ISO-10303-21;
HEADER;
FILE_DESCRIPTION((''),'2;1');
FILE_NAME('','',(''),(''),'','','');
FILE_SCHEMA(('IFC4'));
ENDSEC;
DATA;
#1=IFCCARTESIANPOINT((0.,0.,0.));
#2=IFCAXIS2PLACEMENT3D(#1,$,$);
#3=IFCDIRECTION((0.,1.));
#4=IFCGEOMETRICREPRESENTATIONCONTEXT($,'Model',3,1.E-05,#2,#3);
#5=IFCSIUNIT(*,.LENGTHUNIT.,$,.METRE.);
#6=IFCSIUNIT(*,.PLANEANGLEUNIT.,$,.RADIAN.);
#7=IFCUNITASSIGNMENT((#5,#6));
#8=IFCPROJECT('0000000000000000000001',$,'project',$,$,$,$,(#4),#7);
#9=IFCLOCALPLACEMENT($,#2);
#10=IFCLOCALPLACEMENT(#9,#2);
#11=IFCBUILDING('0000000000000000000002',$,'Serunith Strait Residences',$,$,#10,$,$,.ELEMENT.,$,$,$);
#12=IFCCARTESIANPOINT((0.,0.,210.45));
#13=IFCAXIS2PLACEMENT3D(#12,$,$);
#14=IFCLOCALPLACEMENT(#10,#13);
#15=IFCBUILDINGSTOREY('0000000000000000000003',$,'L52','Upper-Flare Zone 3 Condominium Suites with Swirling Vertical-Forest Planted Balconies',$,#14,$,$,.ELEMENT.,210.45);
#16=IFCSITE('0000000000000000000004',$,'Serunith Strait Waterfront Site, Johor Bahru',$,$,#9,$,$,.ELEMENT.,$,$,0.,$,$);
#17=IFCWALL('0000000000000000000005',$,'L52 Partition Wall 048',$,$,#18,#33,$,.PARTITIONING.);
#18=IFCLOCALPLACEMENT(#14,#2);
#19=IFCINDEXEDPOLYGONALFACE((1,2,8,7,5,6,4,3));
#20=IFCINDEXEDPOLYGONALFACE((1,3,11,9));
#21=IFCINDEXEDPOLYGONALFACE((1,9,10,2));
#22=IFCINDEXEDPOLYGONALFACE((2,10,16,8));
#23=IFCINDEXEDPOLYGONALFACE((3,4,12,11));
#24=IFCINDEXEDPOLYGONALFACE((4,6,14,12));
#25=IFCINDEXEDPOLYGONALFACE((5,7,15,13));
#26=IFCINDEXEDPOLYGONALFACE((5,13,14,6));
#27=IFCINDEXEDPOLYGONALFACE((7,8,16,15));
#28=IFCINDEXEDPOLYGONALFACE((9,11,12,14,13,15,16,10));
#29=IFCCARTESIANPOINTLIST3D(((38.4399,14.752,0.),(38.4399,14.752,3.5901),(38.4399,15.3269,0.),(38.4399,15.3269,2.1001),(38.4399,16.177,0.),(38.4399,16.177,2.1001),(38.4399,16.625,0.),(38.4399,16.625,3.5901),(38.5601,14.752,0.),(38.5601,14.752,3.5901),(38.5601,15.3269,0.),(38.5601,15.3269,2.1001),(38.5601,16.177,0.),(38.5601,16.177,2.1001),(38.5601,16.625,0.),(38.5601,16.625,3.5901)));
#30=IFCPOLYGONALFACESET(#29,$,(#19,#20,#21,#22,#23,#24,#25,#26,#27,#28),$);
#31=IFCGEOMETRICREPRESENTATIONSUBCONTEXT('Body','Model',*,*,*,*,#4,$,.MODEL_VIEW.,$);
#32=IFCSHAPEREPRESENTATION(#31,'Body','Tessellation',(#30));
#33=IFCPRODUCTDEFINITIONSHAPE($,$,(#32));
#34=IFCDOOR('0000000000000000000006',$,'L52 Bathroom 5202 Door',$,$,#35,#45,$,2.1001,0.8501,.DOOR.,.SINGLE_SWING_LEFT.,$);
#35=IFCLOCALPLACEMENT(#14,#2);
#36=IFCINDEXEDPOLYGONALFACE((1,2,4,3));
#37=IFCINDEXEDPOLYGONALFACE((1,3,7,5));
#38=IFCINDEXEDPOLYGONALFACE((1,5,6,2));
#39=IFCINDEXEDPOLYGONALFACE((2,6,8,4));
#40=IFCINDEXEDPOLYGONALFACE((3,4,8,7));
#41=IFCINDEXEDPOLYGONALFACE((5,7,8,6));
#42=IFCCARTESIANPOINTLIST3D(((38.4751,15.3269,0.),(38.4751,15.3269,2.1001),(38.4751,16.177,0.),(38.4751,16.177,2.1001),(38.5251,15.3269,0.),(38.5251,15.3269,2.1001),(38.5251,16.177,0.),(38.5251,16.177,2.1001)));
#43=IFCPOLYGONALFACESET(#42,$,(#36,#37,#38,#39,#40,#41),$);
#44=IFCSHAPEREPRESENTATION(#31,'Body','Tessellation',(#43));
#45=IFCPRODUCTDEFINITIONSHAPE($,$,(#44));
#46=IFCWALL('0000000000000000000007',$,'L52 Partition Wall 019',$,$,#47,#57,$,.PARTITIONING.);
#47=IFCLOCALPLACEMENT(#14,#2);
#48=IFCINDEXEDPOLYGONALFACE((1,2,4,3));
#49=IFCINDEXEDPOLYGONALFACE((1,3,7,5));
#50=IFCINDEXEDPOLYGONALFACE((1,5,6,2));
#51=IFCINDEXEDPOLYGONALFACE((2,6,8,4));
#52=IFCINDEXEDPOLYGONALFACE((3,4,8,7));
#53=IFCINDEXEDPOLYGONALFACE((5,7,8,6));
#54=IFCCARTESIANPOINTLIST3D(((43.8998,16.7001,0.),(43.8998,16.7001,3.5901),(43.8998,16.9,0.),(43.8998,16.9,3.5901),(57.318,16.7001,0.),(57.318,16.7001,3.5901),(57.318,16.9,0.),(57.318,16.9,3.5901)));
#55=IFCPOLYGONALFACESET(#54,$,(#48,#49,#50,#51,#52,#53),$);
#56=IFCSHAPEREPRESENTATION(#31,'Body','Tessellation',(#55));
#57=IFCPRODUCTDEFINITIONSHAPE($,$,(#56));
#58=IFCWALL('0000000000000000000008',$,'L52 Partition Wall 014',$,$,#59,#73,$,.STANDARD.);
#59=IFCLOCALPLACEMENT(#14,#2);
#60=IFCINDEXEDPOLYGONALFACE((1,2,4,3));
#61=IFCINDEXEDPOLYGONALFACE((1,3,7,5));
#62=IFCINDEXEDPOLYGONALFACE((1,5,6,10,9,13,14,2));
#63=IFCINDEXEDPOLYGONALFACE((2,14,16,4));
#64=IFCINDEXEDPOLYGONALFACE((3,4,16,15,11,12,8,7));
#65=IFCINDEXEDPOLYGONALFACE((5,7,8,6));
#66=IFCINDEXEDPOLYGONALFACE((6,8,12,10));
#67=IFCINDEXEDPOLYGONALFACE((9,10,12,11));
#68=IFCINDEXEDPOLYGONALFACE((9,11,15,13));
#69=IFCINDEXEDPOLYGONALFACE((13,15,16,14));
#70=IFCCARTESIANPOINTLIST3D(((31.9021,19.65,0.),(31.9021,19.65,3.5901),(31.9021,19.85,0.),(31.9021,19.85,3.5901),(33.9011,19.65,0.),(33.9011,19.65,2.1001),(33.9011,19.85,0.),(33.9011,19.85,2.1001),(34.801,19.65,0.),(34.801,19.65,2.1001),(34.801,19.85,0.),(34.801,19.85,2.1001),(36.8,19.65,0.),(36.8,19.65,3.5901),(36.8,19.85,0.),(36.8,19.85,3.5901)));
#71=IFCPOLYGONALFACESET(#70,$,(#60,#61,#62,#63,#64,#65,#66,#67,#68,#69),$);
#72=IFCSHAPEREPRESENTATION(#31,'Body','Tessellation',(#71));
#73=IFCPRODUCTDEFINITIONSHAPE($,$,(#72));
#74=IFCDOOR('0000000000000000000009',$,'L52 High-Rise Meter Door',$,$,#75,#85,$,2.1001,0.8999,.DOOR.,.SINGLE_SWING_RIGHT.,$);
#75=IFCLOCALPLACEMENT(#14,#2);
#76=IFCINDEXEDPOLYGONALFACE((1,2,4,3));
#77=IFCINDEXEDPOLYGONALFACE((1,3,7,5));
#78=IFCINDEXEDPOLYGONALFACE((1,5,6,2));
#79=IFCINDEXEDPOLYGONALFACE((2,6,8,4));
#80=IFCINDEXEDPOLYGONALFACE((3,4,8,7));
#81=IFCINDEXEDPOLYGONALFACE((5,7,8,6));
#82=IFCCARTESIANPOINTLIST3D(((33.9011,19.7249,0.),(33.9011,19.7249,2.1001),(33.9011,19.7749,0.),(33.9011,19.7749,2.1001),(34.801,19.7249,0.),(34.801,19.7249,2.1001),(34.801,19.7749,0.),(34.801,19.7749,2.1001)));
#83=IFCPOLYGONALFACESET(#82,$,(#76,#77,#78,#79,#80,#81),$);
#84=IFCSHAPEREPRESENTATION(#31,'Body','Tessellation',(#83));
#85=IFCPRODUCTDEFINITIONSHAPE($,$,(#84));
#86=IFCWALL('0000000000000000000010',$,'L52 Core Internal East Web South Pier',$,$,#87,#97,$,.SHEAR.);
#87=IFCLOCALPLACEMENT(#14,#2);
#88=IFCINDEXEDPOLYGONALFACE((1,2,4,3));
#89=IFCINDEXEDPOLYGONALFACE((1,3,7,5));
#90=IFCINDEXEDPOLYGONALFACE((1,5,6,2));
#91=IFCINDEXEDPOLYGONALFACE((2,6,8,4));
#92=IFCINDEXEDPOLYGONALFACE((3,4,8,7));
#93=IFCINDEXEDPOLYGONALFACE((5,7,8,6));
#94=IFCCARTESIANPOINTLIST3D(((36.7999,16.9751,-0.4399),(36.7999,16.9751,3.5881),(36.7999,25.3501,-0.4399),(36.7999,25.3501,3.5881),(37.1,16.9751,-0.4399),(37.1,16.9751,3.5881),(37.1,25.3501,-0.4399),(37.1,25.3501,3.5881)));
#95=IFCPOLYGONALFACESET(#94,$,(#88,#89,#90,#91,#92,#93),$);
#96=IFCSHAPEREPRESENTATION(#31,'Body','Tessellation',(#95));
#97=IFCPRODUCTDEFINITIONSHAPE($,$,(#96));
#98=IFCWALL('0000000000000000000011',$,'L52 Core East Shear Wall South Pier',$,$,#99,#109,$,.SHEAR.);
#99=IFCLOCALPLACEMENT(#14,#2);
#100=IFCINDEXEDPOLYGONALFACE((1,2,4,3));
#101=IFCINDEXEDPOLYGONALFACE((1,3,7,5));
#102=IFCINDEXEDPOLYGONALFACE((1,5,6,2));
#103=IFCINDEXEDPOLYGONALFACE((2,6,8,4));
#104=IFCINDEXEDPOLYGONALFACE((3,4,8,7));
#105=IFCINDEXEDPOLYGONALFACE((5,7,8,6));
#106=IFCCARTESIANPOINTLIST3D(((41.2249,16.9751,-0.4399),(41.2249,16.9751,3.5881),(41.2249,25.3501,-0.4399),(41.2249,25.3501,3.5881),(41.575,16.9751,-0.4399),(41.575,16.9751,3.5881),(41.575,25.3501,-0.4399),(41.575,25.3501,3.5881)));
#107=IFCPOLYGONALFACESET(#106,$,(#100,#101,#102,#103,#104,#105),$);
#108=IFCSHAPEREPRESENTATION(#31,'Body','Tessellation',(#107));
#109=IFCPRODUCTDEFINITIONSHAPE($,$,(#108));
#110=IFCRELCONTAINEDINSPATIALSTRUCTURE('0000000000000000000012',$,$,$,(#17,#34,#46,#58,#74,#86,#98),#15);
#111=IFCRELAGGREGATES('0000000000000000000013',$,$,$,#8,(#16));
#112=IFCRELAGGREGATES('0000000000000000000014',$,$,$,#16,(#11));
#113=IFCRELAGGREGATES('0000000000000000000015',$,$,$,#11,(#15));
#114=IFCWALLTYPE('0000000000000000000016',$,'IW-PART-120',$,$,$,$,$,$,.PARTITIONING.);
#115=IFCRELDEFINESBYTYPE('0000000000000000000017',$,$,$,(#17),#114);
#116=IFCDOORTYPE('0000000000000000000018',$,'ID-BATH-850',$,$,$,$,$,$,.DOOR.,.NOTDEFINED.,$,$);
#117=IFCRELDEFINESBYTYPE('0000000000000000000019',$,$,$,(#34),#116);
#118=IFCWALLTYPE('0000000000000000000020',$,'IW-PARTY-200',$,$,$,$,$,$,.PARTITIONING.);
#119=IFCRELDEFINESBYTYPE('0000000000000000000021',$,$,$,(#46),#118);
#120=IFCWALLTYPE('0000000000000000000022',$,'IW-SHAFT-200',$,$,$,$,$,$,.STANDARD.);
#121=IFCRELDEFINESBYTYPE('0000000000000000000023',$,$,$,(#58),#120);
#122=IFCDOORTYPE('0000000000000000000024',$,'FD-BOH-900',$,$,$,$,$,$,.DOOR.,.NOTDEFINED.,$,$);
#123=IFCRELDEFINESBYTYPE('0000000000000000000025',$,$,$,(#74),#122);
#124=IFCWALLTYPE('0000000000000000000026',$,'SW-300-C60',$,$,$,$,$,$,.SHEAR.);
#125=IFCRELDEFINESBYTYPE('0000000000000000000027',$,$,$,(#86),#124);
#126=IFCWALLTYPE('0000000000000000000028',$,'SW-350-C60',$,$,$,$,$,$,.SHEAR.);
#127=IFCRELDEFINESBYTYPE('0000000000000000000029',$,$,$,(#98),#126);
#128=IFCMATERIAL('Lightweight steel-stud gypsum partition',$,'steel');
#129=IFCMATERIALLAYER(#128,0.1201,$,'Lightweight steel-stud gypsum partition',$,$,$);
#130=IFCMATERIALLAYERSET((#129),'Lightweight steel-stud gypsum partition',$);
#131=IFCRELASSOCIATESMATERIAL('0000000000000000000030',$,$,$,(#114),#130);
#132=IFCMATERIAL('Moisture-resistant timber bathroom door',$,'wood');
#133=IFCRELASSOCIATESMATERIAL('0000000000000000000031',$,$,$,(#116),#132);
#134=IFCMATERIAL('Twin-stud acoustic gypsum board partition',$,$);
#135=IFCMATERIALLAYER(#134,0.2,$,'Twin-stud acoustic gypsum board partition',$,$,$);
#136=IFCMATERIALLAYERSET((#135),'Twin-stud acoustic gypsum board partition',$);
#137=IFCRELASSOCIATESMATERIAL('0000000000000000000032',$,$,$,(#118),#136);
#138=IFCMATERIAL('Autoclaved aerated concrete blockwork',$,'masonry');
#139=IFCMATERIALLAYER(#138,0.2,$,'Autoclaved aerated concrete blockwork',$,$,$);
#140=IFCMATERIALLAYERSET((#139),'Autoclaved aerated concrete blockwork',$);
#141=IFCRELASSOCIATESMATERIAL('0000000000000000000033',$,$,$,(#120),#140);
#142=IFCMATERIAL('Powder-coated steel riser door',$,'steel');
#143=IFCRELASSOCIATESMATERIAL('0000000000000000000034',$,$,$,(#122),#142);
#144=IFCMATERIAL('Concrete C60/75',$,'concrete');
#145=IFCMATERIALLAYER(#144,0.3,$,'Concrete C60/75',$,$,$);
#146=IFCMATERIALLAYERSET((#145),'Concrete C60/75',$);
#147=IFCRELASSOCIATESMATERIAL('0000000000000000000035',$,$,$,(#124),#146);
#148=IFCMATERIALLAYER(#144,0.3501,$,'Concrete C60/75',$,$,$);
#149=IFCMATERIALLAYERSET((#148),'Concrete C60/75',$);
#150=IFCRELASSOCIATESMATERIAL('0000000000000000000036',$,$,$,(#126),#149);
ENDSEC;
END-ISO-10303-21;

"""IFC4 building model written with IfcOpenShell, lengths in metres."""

from ifc_helpers import new_model, si_unit, direction, frame, frame_2d, origin, place, context, subcontext, project, spatial, rectangle, extrude, source, transform, mapped, material, layer, layer_set, type_object, element, fill, save


model = new_model("IFC4")

# Units and contexts
model_context = context("Model", 3, precision=1e-05, world=origin(), true_north=direction((0.0, 1.0)))
body_context = subcontext(model_context, "Body", "Model", "MODEL_VIEW")
ifc_project = project(units=[si_unit("LENGTHUNIT", "METRE"), si_unit("PLANEANGLEUNIT", "RADIAN")], contexts=[model_context])

# Site, building, storey
site_placement = place(None, origin())
site = spatial("IfcSite", under=ifc_project, at=site_placement, Name="Serunith Strait Waterfront Site, Johor Bahru", CompositionType="ELEMENT", RefElevation=0.0)
building_placement = place(site_placement, origin())
building = spatial("IfcBuilding", under=site, at=building_placement, Name="Serunith Strait Residences", CompositionType="ELEMENT")
storey_placement = place(building_placement, frame((0.0, 0.0, 210.45)))
storey = spatial("IfcBuildingStorey", under=building, at=storey_placement, Name="L52", Description="Upper-Flare Zone 3 Condominium Suites with Swirling Vertical-Forest Planted Balconies", CompositionType="ELEMENT", Elevation=210.45)

# Shared definitions
ifc_material_1 = material(Name="Concrete C60/75", Category="concrete")

# Wall, opening, door
ifc_material_2 = material(Name="Lightweight steel-stud gypsum partition", Category="steel")
ifc_layer_1 = layer(ifc_material_2, 0.1201, Name="Lightweight steel-stud gypsum partition")
ifc_layer_set_1 = layer_set([ifc_layer_1], Name="Lightweight steel-stud gypsum partition")
wall_type_1 = type_object("IfcWallType", Name="IW-PART-120", PredefinedType="PARTITIONING", material=ifc_layer_set_1)
wall_1_placement = place(storey_placement, frame((38.5, 14.752, 0.0), z_axis=(0.0, 0.0, 1.0), x_axis=(0.0, 1.0, 0.0)))
wall_1 = element("IfcWall", 1, at=wall_1_placement, inside=storey, type_object=wall_type_1, Name="L52 Partition Wall 048", PredefinedType="PARTITIONING", context=body_context, shape_type="SweptSolid", body=[
    extrude(rectangle(XDim=1.873, YDim=0.1201, at=frame_2d((0.9365, 0.0))), origin(), (0.0, 0.0, 1.0), 3.5901),
])
opening_1_placement = place(wall_1_placement, frame((0.575, 0.0, 0.0)))
opening_1 = element("IfcOpeningElement", 2, at=opening_1_placement, cuts=wall_1, PredefinedType="OPENING", context=body_context, shape_type="SweptSolid", body=[
    extrude(rectangle(XDim=0.8501, YDim=2.1001, at=frame_2d((0.425, 1.05))), frame((0.0, 0.0701, 0.0), z_axis=(0.0, -1.0, 0.0), x_axis=(1.0, 0.0, 0.0)), (0.0, 0.0, 1.0), 0.1401),
])
ifc_material_3 = material(Name="Moisture-resistant timber bathroom door", Category="wood")
door_type_1 = type_object("IfcDoorType", Name="ID-BATH-850", OperationType="NOTDEFINED", PredefinedType="DOOR", material=ifc_material_3)
shared_shape_1 = source(origin(), body_context, "Body", "SweptSolid", [
    extrude(rectangle(XDim=0.8501, YDim=2.1001, at=frame_2d((0.425, 1.05))), frame((0.0, 0.0249, 0.0), z_axis=(0.0, -1.0, 0.0), x_axis=(1.0, 0.0, 0.0)), (0.0, 0.0, 1.0), 0.05),
])
door_1_placement = place(opening_1_placement, origin())
door_1 = element("IfcDoor", 3, at=door_1_placement, inside=storey, type_object=door_type_1, Name="L52 Bathroom 5202 Door", OperationType="SINGLE_SWING_LEFT", OverallHeight=2.1001, OverallWidth=0.8501, PredefinedType="DOOR", context=body_context, shape_type="MappedRepresentation", body=[
    mapped(shared_shape_1, transform((0.0, 0.0, 0.0), scale=1.0)),
])
fill(opening_1, door_1)

# Wall
ifc_material_4 = material(Name="Twin-stud acoustic gypsum board partition")
ifc_layer_2 = layer(ifc_material_4, 0.2, Name="Twin-stud acoustic gypsum board partition")
ifc_layer_set_2 = layer_set([ifc_layer_2], Name="Twin-stud acoustic gypsum board partition")
wall_type_2 = type_object("IfcWallType", Name="IW-PARTY-200", PredefinedType="PARTITIONING", material=ifc_layer_set_2)
wall_2_placement = place(storey_placement, frame((43.8999, 16.8, 0.0), z_axis=(0.0, 0.0, 1.0), x_axis=(1.0, 0.0, 0.0)))
element("IfcWall", 4, at=wall_2_placement, inside=storey, type_object=wall_type_2, Name="L52 Partition Wall 019", PredefinedType="PARTITIONING", context=body_context, shape_type="SweptSolid", body=[
    extrude(rectangle(XDim=13.4182, YDim=0.2, at=frame_2d((6.709, 0.0))), origin(), (0.0, 0.0, 1.0), 3.5901),
])

# Wall, opening, door
ifc_material_5 = material(Name="Autoclaved aerated concrete blockwork", Category="masonry")
ifc_layer_3 = layer(ifc_material_5, 0.2, Name="Autoclaved aerated concrete blockwork")
ifc_layer_set_3 = layer_set([ifc_layer_3], Name="Autoclaved aerated concrete blockwork")
wall_type_3 = type_object("IfcWallType", Name="IW-SHAFT-200", PredefinedType="STANDARD", material=ifc_layer_set_3)
wall_3_placement = place(storey_placement, frame((31.9021, 19.75, 0.0), z_axis=(0.0, 0.0, 1.0), x_axis=(1.0, 0.0, 0.0)))
wall_3 = element("IfcWall", 5, at=wall_3_placement, inside=storey, type_object=wall_type_3, Name="L52 Partition Wall 014", PredefinedType="STANDARD", context=body_context, shape_type="SweptSolid", body=[
    extrude(rectangle(XDim=4.8979, YDim=0.2, at=frame_2d((2.449, 0.0))), origin(), (0.0, 0.0, 1.0), 3.5901),
])
opening_2_placement = place(wall_3_placement, frame((1.999, 0.0, 0.0)))
opening_2 = element("IfcOpeningElement", 6, at=opening_2_placement, cuts=wall_3, PredefinedType="OPENING", context=body_context, shape_type="SweptSolid", body=[
    extrude(rectangle(XDim=0.8999, YDim=2.1001, at=frame_2d((0.45, 1.05))), frame((0.0, 0.1099, 0.0), z_axis=(0.0, -1.0, 0.0), x_axis=(1.0, 0.0, 0.0)), (0.0, 0.0, 1.0), 0.22),
])
ifc_material_6 = material(Name="Powder-coated steel riser door", Category="steel")
door_type_2 = type_object("IfcDoorType", Name="FD-BOH-900", OperationType="NOTDEFINED", PredefinedType="DOOR", material=ifc_material_6)
shared_shape_2 = source(origin(), body_context, "Body", "SweptSolid", [
    extrude(rectangle(XDim=0.8999, YDim=2.1001, at=frame_2d((0.45, 1.05))), frame((0.0, 0.0249, 0.0), z_axis=(0.0, -1.0, 0.0), x_axis=(1.0, 0.0, 0.0)), (0.0, 0.0, 1.0), 0.05),
])
door_2_placement = place(opening_2_placement, origin())
door_2 = element("IfcDoor", 7, at=door_2_placement, inside=storey, type_object=door_type_2, Name="L52 High-Rise Meter Door", OperationType="SINGLE_SWING_RIGHT", OverallHeight=2.1001, OverallWidth=0.8999, PredefinedType="DOOR", context=body_context, shape_type="MappedRepresentation", body=[
    mapped(shared_shape_2, transform((0.0, 0.0, 0.0), scale=1.0)),
])
fill(opening_2, door_2)

# Walls
ifc_layer_4 = layer(ifc_material_1, 0.3, Name="Concrete C60/75")
ifc_layer_set_4 = layer_set([ifc_layer_4], Name="Concrete C60/75")
wall_type_4 = type_object("IfcWallType", Name="SW-300-C60", PredefinedType="SHEAR", material=ifc_layer_set_4)
wall_4_placement = place(storey_placement, frame((36.95, 16.9751, -0.4399), z_axis=(0.0, 0.0, 1.0), x_axis=(0.0, 1.0, 0.0)))
element("IfcWall", 8, at=wall_4_placement, inside=storey, type_object=wall_type_4, Name="L52 Core Internal East Web South Pier", PredefinedType="SHEAR", context=body_context, shape_type="SweptSolid", body=[
    extrude(rectangle(XDim=8.375, YDim=0.3, at=frame_2d((4.1875, 0.0))), origin(), (0.0, 0.0, 1.0), 4.0281),
])
ifc_layer_5 = layer(ifc_material_1, 0.3501, Name="Concrete C60/75")
ifc_layer_set_5 = layer_set([ifc_layer_5], Name="Concrete C60/75")
wall_type_5 = type_object("IfcWallType", Name="SW-350-C60", PredefinedType="SHEAR", material=ifc_layer_set_5)
wall_5_placement = place(storey_placement, frame((41.3999, 16.9751, -0.4399), z_axis=(0.0, 0.0, 1.0), x_axis=(0.0, 1.0, 0.0)))
element("IfcWall", 9, at=wall_5_placement, inside=storey, type_object=wall_type_5, Name="L52 Core East Shear Wall South Pier", PredefinedType="SHEAR", context=body_context, shape_type="SweptSolid", body=[
    extrude(rectangle(XDim=8.375, YDim=0.3501, at=frame_2d((4.1875, 0.0))), origin(), (0.0, 0.0, 1.0), 4.0281),
])

save(model, "model.ifc")
